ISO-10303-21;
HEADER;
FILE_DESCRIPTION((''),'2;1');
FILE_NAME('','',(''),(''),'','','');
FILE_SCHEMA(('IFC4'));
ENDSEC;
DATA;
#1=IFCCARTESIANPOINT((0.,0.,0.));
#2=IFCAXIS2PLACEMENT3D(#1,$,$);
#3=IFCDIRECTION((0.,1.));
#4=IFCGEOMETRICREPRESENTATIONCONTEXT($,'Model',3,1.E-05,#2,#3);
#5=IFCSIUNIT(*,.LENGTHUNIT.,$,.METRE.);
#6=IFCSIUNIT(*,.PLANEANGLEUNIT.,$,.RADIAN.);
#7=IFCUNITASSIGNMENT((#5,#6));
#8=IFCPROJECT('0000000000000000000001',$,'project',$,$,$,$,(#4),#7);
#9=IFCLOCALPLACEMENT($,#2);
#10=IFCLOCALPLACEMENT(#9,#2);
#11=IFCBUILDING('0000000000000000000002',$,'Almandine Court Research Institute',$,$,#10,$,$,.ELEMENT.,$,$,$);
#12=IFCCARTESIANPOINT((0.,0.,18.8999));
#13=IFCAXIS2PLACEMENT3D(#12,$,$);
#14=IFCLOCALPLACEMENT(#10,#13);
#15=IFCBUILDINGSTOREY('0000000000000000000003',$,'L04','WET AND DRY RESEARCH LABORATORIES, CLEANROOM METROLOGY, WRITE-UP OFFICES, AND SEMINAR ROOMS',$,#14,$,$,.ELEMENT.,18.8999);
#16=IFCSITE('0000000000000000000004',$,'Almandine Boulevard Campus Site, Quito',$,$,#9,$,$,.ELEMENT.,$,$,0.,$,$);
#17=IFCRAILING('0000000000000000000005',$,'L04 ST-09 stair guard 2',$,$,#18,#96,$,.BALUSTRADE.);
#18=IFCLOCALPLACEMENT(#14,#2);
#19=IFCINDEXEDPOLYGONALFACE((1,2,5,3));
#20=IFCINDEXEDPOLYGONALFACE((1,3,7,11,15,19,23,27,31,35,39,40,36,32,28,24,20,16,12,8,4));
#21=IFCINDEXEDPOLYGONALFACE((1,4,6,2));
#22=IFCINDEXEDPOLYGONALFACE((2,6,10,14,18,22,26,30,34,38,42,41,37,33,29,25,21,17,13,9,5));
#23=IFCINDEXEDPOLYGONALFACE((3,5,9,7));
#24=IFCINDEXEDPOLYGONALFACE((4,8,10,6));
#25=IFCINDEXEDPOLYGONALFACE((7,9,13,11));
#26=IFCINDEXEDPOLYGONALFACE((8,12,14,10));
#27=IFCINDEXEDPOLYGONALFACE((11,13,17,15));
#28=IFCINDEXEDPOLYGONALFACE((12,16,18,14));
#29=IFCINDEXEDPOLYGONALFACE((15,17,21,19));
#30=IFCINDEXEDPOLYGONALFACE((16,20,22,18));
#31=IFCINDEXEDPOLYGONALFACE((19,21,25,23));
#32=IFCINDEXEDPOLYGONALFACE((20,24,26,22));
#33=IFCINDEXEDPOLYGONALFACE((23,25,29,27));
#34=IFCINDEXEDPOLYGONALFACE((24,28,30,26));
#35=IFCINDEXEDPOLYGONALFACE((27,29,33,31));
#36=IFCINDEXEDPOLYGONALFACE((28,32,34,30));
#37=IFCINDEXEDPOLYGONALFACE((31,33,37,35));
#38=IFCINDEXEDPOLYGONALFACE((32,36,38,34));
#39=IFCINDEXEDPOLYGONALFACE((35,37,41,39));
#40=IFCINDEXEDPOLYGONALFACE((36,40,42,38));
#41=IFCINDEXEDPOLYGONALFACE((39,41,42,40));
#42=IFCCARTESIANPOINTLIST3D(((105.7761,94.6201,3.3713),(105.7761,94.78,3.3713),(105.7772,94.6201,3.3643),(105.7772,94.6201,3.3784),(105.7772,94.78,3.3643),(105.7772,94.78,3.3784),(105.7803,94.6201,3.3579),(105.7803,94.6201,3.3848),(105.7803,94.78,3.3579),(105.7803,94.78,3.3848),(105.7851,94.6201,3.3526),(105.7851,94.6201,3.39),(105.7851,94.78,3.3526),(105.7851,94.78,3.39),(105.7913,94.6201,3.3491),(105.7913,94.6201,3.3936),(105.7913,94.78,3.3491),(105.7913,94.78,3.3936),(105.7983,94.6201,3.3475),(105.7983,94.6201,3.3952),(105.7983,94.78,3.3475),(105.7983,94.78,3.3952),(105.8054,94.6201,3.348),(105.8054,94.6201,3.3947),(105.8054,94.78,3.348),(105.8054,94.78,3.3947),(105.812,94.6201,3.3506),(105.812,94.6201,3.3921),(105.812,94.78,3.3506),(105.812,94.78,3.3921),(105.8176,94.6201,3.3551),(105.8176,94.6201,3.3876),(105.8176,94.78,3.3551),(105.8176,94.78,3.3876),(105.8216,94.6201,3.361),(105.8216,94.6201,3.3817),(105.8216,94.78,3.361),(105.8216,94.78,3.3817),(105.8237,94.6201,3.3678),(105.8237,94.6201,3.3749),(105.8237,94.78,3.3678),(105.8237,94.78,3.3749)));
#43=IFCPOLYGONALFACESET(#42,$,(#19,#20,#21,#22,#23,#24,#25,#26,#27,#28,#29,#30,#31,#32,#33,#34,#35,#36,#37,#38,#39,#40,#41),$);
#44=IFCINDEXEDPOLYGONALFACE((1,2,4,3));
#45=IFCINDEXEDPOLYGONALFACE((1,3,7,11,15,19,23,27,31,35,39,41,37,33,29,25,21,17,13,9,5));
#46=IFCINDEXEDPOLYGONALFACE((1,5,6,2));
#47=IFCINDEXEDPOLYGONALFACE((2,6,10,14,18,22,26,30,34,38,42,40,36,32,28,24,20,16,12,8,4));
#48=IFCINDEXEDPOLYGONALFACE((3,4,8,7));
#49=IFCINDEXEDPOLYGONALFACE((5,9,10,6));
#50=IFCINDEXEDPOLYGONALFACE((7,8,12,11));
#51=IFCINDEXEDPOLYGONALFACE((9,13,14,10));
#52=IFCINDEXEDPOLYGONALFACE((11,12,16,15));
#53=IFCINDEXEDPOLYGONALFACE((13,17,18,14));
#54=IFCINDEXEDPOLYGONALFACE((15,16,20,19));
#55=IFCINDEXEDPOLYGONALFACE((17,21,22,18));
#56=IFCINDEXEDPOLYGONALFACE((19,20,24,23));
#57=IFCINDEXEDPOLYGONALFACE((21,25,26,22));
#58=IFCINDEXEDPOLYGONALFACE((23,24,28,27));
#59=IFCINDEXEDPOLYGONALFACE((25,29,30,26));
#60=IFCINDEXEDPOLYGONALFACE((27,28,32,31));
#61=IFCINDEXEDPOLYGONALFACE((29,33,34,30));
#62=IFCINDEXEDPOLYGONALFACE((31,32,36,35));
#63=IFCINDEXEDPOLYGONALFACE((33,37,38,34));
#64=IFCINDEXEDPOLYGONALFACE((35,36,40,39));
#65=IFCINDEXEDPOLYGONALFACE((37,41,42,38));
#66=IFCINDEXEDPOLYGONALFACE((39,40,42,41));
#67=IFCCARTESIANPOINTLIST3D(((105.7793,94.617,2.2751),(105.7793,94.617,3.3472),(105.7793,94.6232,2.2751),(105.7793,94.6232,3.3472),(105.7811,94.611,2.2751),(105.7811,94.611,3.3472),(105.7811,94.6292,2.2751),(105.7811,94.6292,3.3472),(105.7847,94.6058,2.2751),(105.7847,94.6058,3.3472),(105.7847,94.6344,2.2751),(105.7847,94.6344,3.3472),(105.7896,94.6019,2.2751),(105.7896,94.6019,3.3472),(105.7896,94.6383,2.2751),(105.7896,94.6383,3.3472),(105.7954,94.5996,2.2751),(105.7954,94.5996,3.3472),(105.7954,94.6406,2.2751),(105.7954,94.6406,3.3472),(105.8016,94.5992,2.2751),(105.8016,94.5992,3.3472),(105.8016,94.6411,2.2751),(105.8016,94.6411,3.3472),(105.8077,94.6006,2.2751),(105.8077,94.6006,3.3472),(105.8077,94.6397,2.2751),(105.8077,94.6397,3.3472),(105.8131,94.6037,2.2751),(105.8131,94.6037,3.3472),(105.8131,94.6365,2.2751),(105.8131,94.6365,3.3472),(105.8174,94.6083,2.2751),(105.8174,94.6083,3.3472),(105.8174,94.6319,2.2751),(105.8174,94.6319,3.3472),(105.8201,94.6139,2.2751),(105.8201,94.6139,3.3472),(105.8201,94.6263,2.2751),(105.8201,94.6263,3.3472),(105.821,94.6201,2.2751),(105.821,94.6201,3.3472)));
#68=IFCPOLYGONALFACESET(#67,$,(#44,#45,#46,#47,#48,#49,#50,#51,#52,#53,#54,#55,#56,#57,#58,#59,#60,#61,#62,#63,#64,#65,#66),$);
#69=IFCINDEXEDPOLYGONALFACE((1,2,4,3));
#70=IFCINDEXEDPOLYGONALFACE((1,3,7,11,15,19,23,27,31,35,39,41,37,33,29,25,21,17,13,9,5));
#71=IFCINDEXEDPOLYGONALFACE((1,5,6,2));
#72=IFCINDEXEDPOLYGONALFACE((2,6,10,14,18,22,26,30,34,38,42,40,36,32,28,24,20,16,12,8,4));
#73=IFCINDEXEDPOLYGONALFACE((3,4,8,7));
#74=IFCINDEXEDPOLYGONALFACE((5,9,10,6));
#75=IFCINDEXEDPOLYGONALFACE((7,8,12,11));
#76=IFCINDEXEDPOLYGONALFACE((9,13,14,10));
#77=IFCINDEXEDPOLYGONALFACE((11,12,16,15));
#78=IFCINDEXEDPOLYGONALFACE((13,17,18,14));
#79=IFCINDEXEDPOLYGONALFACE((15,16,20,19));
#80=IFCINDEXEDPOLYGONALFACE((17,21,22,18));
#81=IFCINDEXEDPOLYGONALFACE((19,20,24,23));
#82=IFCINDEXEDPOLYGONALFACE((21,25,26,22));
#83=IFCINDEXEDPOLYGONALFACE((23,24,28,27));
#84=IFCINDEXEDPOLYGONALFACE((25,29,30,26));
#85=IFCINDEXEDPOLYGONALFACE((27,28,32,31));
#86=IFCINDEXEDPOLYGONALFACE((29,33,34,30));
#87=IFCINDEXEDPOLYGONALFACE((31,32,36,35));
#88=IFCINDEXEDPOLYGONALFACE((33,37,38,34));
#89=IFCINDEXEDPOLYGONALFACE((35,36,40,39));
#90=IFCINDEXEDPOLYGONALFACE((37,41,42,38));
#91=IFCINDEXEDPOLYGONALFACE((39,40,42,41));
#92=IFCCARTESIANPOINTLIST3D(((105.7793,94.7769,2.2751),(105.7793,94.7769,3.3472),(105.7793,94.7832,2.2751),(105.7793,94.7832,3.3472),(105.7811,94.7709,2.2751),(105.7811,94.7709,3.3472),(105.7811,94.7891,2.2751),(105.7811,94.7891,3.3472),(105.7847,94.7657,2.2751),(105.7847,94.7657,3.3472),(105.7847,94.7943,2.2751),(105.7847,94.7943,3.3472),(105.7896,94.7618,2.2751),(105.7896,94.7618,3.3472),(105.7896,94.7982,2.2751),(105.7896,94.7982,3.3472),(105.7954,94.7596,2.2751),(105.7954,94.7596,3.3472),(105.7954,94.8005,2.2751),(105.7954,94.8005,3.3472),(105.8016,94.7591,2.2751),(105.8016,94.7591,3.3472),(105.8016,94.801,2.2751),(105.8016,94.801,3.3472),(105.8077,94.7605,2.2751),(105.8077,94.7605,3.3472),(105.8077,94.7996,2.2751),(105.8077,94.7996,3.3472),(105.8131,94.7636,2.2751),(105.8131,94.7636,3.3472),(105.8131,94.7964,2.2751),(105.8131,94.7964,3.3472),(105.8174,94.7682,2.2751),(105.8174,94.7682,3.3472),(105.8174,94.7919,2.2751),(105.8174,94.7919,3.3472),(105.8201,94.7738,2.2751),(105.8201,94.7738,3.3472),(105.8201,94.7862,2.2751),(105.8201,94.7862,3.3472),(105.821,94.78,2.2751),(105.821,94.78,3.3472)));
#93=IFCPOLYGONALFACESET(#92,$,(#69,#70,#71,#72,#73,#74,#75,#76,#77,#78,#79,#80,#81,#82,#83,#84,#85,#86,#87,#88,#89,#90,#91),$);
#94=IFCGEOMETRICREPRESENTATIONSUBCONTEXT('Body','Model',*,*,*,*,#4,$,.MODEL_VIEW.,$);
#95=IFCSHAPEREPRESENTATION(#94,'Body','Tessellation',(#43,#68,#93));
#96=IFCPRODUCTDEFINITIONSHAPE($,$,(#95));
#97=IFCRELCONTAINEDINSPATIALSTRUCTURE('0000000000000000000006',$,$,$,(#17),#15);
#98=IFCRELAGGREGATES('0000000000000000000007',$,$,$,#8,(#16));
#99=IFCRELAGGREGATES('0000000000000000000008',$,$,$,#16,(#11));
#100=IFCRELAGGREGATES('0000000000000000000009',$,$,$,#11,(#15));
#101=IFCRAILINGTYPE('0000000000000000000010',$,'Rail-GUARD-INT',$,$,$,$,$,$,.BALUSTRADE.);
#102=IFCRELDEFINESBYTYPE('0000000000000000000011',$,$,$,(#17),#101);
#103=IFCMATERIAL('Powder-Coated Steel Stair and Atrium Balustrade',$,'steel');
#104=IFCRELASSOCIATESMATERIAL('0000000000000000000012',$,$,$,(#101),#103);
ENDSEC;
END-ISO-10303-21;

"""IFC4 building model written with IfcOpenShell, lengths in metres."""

from ifc_helpers import new_model, si_unit, direction, frame, origin, origin_2d, place, context, subcontext, project, spatial, circle, extrude, material, type_object, element, save


model = new_model("IFC4")

# Units and contexts
model_context = context("Model", 3, precision=1e-05, world=origin(), true_north=direction((0.0, 1.0)))
body_context = subcontext(model_context, "Body", "Model", "MODEL_VIEW")
ifc_project = project(units=[si_unit("LENGTHUNIT", "METRE"), si_unit("PLANEANGLEUNIT", "RADIAN")], contexts=[model_context])

# Site, building, storey
site_placement = place(None, origin())
site = spatial("IfcSite", under=ifc_project, at=site_placement, Name="Almandine Boulevard Campus Site, Quito", CompositionType="ELEMENT", RefElevation=0.0)
building_placement = place(site_placement, origin())
building = spatial("IfcBuilding", under=site, at=building_placement, Name="Almandine Court Research Institute", CompositionType="ELEMENT")
storey_placement = place(building_placement, frame((0.0, 0.0, 18.8999)))
storey = spatial("IfcBuildingStorey", under=building, at=storey_placement, Name="L04", Description="WET AND DRY RESEARCH LABORATORIES, CLEANROOM METROLOGY, WRITE-UP OFFICES, AND SEMINAR ROOMS", CompositionType="ELEMENT", Elevation=18.8999)

# Railing
ifc_material_1 = material(Name="Powder-Coated Steel Stair and Atrium Balustrade", Category="steel")
railing_type_1 = type_object("IfcRailingType", Name="Rail-GUARD-INT", PredefinedType="BALUSTRADE", material=ifc_material_1)
railing_1_placement = place(storey_placement, frame((105.8, 94.6201, 2.2751)))
element("IfcRailing", 1, at=railing_1_placement, inside=storey, type_object=railing_type_1, Name="L04 ST-09 stair guard 2", PredefinedType="BALUSTRADE", context=body_context, shape_type="SweptSolid", body=[
    extrude(circle(Radius=0.0239, at=origin_2d()), frame((0.0, 0.0, 1.0962), z_axis=(0.0, 1.0, 0.0), x_axis=(-1.0, 0.0, 0.0)), (0.0, 0.0, 1.0), 0.1599),
    extrude(circle(Radius=0.021, at=origin_2d()), origin(), (0.0, 0.0, 1.0), 1.072),
    extrude(circle(Radius=0.021, at=origin_2d()), frame((0.0, 0.1599, 0.0)), (0.0, 0.0, 1.0), 1.072),
])

save(model, "model.ifc")
